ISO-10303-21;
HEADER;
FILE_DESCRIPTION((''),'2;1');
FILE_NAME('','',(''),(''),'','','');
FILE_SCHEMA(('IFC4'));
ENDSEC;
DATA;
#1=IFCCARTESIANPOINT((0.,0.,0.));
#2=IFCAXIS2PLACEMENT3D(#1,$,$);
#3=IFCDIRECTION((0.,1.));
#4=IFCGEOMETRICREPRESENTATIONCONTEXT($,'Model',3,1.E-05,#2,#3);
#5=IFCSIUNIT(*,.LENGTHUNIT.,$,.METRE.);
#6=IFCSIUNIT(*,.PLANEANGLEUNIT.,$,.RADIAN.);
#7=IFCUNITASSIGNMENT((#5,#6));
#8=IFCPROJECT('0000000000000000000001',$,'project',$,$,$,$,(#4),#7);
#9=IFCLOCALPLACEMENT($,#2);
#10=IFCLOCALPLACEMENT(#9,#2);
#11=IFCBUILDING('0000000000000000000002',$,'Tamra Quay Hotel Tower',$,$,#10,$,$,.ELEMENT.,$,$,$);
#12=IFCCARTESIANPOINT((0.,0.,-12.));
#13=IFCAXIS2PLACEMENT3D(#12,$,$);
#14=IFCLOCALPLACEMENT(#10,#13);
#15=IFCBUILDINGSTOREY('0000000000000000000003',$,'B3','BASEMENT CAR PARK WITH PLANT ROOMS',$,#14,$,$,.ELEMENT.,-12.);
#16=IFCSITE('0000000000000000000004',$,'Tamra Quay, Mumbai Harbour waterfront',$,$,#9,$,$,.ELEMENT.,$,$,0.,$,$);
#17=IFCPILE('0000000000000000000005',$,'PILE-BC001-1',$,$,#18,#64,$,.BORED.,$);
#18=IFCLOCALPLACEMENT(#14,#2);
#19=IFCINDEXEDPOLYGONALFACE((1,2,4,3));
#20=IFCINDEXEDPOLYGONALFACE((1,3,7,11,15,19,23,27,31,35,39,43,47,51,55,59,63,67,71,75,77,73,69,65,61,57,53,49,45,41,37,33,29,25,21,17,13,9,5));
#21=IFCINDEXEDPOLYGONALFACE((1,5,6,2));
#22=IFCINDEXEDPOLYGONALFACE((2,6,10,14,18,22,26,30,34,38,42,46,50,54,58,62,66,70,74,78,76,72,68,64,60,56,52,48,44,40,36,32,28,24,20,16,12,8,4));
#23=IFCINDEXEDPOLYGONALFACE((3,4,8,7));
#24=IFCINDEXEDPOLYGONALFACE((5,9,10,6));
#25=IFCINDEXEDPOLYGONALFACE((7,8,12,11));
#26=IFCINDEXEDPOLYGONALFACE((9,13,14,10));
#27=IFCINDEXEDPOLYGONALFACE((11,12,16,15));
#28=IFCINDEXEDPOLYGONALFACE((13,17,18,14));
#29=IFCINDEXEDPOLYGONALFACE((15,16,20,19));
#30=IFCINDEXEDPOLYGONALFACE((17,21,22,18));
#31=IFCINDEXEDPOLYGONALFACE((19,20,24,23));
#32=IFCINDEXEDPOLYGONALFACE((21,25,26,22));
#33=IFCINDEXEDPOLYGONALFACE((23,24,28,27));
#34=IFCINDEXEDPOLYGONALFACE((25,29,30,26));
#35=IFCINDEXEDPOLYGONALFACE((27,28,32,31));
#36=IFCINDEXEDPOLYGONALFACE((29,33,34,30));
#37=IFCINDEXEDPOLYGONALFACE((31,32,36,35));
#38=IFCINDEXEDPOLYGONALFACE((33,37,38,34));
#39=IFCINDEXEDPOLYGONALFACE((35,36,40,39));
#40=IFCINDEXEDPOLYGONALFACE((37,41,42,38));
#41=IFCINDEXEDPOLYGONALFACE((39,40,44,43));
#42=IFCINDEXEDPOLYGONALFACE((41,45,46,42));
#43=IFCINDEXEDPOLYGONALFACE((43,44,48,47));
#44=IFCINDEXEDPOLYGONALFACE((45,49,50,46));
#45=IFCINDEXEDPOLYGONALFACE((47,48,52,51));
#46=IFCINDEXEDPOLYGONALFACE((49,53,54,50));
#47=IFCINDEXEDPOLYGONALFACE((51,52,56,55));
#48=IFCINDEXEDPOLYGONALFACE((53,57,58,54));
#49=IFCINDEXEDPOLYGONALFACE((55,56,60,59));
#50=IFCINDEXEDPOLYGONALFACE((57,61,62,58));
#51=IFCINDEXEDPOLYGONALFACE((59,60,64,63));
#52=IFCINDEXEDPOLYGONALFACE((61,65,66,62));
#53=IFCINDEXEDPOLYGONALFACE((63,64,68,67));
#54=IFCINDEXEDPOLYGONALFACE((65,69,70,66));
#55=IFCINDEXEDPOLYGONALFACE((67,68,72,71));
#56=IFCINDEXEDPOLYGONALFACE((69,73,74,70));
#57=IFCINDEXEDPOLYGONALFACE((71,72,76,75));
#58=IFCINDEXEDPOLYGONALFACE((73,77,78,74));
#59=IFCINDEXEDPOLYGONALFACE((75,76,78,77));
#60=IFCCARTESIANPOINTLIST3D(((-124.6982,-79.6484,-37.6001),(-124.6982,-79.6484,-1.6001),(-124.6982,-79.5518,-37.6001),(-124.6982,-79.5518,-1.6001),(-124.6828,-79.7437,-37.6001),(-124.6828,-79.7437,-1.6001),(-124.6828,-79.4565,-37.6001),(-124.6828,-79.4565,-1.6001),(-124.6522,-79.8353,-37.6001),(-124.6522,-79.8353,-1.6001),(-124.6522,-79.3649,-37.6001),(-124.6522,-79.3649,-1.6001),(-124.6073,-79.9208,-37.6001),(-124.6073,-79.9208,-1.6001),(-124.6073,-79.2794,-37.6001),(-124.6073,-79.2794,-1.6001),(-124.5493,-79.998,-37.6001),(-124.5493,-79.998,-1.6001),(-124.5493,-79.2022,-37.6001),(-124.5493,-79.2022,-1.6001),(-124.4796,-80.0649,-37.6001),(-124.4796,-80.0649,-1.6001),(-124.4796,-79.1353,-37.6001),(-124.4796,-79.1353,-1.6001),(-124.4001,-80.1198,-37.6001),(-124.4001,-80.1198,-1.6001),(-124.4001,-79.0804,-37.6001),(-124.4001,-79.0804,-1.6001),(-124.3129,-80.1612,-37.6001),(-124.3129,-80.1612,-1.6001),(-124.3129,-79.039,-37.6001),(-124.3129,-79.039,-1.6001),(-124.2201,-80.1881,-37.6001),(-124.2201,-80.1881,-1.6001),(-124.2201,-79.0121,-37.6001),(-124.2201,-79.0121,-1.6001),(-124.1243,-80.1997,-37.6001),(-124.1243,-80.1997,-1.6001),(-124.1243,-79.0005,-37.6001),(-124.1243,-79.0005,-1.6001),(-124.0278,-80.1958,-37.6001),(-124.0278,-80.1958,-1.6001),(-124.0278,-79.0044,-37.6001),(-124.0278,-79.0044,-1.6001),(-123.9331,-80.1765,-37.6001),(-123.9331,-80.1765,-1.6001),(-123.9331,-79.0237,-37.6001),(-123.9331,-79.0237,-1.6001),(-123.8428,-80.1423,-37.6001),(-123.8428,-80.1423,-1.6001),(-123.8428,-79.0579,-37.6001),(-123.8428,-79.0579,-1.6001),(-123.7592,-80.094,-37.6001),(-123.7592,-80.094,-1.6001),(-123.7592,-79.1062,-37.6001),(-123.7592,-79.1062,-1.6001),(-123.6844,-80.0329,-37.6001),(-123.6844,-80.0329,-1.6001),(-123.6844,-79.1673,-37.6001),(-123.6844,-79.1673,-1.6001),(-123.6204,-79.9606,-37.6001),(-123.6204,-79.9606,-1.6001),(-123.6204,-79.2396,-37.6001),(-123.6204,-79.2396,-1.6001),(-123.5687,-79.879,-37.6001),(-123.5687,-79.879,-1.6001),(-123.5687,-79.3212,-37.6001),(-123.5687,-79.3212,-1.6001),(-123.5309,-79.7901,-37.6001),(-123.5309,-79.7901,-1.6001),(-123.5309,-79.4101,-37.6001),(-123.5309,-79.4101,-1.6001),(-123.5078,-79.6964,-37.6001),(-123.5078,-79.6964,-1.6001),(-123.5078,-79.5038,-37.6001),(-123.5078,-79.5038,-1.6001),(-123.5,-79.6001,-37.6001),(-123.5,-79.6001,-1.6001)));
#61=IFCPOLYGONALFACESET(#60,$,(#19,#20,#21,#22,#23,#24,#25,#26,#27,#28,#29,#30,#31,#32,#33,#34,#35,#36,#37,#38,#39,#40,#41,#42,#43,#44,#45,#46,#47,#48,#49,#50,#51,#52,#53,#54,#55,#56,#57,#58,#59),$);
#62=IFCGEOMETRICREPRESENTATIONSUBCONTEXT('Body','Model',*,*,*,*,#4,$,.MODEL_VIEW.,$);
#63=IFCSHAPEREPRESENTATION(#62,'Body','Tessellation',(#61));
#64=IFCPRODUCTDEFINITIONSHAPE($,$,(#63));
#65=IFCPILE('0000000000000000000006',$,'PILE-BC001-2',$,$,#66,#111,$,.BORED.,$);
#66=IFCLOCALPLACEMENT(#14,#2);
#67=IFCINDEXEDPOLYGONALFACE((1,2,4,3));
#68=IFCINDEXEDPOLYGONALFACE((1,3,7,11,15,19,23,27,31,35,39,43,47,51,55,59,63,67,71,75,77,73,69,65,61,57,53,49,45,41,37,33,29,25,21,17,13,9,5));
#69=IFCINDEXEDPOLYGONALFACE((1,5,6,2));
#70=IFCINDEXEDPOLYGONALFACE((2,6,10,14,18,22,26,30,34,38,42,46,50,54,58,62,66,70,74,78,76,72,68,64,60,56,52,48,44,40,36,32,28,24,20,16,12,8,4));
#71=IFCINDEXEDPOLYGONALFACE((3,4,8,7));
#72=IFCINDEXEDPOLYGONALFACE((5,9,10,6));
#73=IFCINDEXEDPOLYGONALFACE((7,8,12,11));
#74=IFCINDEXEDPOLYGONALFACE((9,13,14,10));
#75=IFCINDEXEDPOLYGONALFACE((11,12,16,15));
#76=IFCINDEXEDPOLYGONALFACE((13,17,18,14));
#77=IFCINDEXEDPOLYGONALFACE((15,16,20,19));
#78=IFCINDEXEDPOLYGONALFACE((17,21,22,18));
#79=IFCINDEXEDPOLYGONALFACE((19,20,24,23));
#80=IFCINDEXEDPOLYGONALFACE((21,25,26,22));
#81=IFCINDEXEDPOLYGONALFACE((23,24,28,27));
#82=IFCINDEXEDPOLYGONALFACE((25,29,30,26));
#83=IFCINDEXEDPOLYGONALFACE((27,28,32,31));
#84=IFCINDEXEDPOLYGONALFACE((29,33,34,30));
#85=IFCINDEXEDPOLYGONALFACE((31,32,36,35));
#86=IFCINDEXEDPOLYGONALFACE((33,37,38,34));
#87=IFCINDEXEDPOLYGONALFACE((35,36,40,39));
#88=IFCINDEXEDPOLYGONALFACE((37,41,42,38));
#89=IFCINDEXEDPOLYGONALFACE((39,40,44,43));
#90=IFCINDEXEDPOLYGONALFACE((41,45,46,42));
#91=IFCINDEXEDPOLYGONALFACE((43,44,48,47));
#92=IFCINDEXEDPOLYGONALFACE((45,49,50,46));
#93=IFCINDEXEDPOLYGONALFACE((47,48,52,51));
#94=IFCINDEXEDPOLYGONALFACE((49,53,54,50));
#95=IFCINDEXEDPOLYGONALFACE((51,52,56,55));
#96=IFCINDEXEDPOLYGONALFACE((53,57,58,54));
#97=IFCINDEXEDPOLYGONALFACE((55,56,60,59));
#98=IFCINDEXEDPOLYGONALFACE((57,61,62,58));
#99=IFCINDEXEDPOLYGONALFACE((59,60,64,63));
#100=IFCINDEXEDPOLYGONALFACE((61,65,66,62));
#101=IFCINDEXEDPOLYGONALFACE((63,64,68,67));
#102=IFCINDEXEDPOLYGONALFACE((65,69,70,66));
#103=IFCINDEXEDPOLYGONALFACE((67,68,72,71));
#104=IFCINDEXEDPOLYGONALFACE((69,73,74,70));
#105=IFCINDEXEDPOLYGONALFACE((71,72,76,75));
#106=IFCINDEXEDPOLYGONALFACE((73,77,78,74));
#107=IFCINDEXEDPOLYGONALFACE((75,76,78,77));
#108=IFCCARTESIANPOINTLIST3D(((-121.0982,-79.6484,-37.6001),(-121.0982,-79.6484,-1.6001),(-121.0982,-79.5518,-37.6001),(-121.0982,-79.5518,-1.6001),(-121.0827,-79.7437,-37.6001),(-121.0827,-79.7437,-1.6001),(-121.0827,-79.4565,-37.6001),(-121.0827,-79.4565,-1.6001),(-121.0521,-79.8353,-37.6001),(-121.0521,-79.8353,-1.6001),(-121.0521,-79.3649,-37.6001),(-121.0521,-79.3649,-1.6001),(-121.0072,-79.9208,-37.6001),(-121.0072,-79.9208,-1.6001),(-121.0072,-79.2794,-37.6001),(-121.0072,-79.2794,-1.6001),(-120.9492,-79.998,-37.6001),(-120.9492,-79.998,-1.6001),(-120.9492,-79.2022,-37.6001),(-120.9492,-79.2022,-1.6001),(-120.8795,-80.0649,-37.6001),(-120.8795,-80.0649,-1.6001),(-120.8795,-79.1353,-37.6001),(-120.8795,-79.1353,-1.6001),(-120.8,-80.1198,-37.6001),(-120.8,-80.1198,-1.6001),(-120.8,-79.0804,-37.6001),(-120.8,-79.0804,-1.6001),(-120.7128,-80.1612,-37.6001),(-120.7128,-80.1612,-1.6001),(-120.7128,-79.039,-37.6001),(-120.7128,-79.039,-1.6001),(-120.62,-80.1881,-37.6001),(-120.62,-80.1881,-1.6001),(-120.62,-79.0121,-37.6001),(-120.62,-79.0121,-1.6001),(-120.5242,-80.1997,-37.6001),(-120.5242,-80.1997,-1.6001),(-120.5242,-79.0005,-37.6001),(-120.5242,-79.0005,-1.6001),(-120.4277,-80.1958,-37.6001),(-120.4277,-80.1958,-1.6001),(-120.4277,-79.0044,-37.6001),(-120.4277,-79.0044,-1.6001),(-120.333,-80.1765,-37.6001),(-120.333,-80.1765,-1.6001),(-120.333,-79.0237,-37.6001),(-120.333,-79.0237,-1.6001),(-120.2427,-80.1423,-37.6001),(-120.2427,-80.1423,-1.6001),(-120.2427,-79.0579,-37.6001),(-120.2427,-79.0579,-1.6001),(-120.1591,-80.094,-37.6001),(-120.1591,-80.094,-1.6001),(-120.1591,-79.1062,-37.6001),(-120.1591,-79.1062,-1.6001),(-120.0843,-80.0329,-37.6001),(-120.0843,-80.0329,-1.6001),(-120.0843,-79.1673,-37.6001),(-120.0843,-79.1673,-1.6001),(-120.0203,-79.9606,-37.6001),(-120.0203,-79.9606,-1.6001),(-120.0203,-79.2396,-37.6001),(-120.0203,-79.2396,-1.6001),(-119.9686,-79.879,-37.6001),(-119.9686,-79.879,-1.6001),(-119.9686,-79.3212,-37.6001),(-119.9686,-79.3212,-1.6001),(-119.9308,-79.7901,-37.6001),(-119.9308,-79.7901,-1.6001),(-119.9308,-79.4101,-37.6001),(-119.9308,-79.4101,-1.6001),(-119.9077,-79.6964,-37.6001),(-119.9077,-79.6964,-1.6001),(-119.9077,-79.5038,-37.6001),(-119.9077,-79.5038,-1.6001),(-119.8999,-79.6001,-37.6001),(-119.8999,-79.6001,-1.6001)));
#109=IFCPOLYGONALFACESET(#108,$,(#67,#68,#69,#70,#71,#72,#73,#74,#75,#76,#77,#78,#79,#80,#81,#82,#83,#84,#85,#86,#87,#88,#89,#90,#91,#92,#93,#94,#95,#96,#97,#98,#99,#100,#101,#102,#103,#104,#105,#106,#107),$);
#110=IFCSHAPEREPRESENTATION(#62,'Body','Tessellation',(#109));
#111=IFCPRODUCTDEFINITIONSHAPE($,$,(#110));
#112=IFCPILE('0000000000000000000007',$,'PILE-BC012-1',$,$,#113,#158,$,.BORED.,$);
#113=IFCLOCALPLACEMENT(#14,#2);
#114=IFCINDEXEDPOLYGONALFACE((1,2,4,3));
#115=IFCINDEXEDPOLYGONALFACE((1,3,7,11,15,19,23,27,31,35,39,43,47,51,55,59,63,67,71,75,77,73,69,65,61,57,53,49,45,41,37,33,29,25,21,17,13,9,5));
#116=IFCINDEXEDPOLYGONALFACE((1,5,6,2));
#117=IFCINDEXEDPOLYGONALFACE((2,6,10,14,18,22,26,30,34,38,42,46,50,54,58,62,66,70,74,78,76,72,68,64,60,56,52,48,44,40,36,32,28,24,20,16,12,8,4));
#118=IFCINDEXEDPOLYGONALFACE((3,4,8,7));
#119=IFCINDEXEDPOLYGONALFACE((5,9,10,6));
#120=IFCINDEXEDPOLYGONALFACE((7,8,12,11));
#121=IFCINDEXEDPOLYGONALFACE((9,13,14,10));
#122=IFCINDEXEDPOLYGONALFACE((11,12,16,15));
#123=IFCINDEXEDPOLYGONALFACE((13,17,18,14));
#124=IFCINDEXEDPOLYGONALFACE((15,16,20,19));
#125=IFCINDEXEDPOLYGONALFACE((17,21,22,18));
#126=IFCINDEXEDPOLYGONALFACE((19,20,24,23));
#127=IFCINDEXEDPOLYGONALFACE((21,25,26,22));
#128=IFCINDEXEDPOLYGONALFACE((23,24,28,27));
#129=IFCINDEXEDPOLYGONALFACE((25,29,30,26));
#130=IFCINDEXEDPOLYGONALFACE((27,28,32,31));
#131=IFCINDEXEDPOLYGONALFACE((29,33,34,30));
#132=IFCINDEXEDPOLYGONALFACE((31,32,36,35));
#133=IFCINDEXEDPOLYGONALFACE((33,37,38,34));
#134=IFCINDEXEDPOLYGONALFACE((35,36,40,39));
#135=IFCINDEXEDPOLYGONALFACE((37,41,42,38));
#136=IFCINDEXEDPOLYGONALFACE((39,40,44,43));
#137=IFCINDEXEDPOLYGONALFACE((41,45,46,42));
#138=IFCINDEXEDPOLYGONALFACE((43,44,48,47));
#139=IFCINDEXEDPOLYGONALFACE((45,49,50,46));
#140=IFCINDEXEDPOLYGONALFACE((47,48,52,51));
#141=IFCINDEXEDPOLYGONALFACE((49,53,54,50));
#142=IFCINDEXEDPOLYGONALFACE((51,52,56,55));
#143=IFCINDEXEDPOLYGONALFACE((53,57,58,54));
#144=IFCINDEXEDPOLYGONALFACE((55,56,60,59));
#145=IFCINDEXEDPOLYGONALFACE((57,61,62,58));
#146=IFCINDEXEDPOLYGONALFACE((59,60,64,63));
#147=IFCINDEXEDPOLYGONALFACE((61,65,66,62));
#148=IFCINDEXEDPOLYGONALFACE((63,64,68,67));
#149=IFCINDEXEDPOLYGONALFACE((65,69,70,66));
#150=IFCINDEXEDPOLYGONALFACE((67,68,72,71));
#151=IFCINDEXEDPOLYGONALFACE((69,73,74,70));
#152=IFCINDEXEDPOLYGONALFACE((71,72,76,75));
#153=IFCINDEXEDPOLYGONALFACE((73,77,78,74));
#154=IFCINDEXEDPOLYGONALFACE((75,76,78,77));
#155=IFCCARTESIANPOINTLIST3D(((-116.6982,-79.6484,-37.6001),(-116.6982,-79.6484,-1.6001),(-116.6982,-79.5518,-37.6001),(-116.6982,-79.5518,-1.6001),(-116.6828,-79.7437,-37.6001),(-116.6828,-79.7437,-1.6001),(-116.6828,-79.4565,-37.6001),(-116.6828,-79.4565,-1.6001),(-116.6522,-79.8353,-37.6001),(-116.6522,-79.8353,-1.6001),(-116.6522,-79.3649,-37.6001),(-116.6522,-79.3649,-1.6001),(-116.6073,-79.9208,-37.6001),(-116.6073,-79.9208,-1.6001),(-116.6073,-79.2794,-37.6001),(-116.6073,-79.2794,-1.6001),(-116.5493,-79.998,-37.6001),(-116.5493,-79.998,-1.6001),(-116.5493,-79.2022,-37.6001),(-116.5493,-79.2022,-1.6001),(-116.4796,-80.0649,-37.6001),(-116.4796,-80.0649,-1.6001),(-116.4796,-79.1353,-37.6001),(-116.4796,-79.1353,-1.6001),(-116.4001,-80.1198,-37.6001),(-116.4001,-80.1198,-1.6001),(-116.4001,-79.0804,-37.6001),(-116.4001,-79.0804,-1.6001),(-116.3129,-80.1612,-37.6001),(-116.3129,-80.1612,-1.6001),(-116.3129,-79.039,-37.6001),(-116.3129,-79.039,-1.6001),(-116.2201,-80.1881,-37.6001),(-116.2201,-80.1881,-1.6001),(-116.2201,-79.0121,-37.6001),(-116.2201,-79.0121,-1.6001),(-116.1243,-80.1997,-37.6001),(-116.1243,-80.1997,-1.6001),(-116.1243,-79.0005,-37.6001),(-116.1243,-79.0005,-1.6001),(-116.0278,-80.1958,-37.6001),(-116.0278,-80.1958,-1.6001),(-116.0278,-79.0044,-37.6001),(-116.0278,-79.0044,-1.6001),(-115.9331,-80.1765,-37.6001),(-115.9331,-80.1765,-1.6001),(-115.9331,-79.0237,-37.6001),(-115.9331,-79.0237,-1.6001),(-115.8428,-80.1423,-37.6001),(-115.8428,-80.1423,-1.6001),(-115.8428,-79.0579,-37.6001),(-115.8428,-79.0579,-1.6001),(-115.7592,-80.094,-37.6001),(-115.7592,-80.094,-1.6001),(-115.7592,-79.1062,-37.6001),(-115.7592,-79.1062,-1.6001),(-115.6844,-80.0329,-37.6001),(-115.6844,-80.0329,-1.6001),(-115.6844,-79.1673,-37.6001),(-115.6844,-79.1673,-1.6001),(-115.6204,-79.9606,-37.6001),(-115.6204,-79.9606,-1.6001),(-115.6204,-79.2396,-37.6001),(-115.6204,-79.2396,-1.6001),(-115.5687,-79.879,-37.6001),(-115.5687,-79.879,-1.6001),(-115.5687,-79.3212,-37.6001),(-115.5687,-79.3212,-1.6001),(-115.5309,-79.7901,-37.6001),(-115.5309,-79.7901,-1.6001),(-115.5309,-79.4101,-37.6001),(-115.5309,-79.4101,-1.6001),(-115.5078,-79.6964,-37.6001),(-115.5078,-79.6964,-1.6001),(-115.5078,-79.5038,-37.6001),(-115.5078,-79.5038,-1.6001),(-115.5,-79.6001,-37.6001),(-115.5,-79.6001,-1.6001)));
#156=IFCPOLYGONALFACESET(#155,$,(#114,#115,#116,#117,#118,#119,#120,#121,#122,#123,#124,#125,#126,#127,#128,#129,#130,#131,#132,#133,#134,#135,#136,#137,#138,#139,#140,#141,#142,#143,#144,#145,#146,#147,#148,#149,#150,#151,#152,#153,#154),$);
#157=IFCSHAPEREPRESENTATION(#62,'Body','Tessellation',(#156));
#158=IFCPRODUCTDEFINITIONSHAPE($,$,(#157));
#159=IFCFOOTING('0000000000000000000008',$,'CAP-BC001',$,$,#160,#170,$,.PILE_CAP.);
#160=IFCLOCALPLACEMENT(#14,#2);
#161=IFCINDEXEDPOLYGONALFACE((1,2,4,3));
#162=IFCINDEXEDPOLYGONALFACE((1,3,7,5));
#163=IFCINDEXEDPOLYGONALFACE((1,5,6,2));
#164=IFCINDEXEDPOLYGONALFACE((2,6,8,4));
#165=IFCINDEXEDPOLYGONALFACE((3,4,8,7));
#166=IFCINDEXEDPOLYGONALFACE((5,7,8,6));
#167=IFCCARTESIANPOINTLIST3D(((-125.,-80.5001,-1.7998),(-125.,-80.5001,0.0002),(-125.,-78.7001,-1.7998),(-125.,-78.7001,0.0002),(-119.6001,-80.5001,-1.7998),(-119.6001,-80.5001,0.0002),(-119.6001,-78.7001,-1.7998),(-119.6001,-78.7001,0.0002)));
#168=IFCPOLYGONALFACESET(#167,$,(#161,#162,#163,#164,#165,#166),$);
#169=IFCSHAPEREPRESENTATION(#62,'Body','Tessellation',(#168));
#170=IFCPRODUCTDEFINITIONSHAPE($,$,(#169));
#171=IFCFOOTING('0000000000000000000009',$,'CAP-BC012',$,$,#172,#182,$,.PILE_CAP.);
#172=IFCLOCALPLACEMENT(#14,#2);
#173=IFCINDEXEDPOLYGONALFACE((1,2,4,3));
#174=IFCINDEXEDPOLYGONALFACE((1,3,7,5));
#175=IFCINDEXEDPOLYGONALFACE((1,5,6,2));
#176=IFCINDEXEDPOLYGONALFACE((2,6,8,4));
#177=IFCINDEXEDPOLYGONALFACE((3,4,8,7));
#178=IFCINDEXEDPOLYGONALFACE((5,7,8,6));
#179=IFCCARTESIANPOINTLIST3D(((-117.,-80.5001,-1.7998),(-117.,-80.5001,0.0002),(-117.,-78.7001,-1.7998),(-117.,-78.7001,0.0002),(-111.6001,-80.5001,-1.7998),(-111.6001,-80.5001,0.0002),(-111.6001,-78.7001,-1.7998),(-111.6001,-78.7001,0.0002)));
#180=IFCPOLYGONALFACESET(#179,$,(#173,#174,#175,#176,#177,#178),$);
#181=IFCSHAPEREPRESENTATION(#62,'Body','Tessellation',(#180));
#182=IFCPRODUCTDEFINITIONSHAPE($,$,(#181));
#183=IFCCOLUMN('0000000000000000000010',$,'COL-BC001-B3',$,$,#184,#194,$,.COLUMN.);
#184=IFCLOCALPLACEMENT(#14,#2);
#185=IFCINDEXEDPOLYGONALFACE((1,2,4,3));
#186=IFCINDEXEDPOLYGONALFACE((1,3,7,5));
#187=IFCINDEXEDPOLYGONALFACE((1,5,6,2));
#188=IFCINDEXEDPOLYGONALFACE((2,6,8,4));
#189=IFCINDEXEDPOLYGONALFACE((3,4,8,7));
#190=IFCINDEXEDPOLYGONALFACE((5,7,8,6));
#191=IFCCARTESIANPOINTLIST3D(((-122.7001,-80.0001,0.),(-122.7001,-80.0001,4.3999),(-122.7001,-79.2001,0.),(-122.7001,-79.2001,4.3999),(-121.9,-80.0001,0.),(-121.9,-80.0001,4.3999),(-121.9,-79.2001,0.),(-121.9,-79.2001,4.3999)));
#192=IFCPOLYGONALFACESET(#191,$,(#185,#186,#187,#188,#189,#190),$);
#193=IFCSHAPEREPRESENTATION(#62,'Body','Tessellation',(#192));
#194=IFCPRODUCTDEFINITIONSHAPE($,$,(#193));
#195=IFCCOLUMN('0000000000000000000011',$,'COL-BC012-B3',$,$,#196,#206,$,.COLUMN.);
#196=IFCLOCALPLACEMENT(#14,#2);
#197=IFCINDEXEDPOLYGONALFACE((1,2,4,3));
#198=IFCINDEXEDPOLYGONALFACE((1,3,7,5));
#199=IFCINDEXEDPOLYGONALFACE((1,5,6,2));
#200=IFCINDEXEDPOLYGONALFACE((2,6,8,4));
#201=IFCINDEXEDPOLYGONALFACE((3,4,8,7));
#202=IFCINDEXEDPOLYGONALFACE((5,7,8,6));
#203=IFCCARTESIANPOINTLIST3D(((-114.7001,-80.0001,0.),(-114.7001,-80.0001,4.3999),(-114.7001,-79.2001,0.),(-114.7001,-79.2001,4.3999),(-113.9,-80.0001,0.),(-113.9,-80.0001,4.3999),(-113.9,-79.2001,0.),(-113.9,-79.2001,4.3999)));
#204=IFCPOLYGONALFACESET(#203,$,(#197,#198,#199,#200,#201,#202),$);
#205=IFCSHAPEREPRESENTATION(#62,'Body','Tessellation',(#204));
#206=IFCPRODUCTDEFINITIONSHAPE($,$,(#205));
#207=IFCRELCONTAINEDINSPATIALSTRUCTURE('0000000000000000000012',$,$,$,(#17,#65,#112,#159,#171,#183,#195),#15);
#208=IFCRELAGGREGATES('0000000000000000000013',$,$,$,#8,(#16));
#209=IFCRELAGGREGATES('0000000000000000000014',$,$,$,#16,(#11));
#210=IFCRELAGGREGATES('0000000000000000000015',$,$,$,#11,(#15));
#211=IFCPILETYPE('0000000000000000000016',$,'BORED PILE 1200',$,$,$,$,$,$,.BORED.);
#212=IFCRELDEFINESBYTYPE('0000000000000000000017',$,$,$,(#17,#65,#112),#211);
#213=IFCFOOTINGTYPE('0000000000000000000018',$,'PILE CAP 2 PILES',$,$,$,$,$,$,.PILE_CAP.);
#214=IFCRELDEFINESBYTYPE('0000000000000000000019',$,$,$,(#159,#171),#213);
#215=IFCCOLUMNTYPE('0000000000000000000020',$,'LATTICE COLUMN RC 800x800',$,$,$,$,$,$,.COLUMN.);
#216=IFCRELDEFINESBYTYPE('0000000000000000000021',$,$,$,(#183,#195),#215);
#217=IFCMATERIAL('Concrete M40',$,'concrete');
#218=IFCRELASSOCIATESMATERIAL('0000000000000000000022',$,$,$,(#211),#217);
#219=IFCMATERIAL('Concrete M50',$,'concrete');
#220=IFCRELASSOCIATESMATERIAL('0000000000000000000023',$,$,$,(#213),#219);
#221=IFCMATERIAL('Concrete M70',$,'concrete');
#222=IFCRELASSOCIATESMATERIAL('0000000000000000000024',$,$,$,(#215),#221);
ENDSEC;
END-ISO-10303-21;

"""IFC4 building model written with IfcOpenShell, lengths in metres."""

from ifc_helpers import new_model, si_unit, direction, frame, origin, origin_2d, place, context, subcontext, project, spatial, rectangle, circle, extrude, material, material_profile, profile_set, type_object, element, save


model = new_model("IFC4")

# Units and contexts
model_context = context("Model", 3, precision=1e-05, world=origin(), true_north=direction((0.0, 1.0)))
body_context = subcontext(model_context, "Body", "Model", "MODEL_VIEW")
ifc_project = project(units=[si_unit("LENGTHUNIT", "METRE"), si_unit("PLANEANGLEUNIT", "RADIAN")], contexts=[model_context])

# Site, building, storey
site_placement = place(None, origin())
site = spatial("IfcSite", under=ifc_project, at=site_placement, Name="Tamra Quay, Mumbai Harbour waterfront", CompositionType="ELEMENT", RefElevation=0.0)
building_placement = place(site_placement, origin())
building = spatial("IfcBuilding", under=site, at=building_placement, Name="Tamra Quay Hotel Tower", CompositionType="ELEMENT")
storey_placement = place(building_placement, frame((0.0, 0.0, -12.0)))
storey = spatial("IfcBuildingStorey", under=building, at=storey_placement, Name="B3", Description="BASEMENT CAR PARK WITH PLANT ROOMS", CompositionType="ELEMENT", Elevation=-12.0)

# Piles
ifc_material_1 = material(Name="Concrete M40", Category="concrete")
ifc_material_profile_1 = material_profile(ifc_material_1, circle(Radius=0.6001, at=origin_2d()), Name="BORED PILE 1200")
ifc_profile_set_1 = profile_set([ifc_material_profile_1], Name="Concrete M40")
pile_type = type_object("IfcPileType", Name="BORED PILE 1200", PredefinedType="BORED", material=ifc_profile_set_1)
for number, where, z_axis, x_axis, name in (
    (1, (-124.1001, -79.6001, -1.6001), (0.0, 0.0, -1.0), (1.0, 0.0, 0.0), "PILE-BC001-1"),
    (2, (-120.5, -79.6001, -1.6001), (0.0, 0.0, -1.0), (1.0, 0.0, 0.0), "PILE-BC001-2"),
    (3, (-116.1001, -79.6001, -1.6001), (0.0, 0.0, -1.0), (1.0, 0.0, 0.0), "PILE-BC012-1"),
):
    element("IfcPile", number, at=place(storey_placement, frame(where, z_axis=z_axis, x_axis=x_axis)), inside=storey, type_object=pile_type, Name=name, PredefinedType="BORED", context=body_context, shape_type="SweptSolid", body=[
        extrude(circle(Radius=0.6001, at=origin_2d()), origin(), (0.0, 0.0, 1.0), 36.0),
    ])

# Footings
ifc_material_2 = material(Name="Concrete M50", Category="concrete")
footing_type = type_object("IfcFootingType", Name="PILE CAP 2 PILES", PredefinedType="PILE_CAP", material=ifc_material_2)
for number, where, z_axis, x_axis, name in (
    (4, (-122.3, -79.6001, -1.7998), (0.0, 0.0, 1.0), (1.0, 0.0, 0.0), "CAP-BC001"),
    (5, (-114.3, -79.6001, -1.7998), (0.0, 0.0, 1.0), (1.0, 0.0, 0.0), "CAP-BC012"),
):
    element("IfcFooting", number, at=place(storey_placement, frame(where, z_axis=z_axis, x_axis=x_axis)), inside=storey, type_object=footing_type, Name=name, PredefinedType="PILE_CAP", context=body_context, shape_type="SweptSolid", body=[
        extrude(rectangle(XDim=5.3999, YDim=1.8, at=origin_2d()), origin(), (0.0, 0.0, 1.0), 1.8),
    ])

# Columns
ifc_material_3 = material(Name="Concrete M70", Category="concrete")
ifc_material_profile_2 = material_profile(ifc_material_3, rectangle(XDim=0.8, YDim=0.8, at=origin_2d()), Name="LATTICE COLUMN RC 800x800")
ifc_profile_set_2 = profile_set([ifc_material_profile_2], Name="Concrete M70")
column_type = type_object("IfcColumnType", Name="LATTICE COLUMN RC 800x800", PredefinedType="COLUMN", material=ifc_profile_set_2)
for number, where, z_axis, x_axis, name in (
    (6, (-122.3, -79.6001, 0.0), (0.0, 0.0, 1.0), (1.0, 0.0, 0.0), "COL-BC001-B3"),
    (7, (-114.3, -79.6001, 0.0), (0.0, 0.0, 1.0), (1.0, 0.0, 0.0), "COL-BC012-B3"),
):
    element("IfcColumn", number, at=place(storey_placement, frame(where, z_axis=z_axis, x_axis=x_axis)), inside=storey, type_object=column_type, Name=name, PredefinedType="COLUMN", context=body_context, shape_type="SweptSolid", body=[
        extrude(rectangle(XDim=0.8, YDim=0.8, at=origin_2d()), origin(), (0.0, 0.0, 1.0), 4.3999),
    ])

save(model, "model.ifc")
